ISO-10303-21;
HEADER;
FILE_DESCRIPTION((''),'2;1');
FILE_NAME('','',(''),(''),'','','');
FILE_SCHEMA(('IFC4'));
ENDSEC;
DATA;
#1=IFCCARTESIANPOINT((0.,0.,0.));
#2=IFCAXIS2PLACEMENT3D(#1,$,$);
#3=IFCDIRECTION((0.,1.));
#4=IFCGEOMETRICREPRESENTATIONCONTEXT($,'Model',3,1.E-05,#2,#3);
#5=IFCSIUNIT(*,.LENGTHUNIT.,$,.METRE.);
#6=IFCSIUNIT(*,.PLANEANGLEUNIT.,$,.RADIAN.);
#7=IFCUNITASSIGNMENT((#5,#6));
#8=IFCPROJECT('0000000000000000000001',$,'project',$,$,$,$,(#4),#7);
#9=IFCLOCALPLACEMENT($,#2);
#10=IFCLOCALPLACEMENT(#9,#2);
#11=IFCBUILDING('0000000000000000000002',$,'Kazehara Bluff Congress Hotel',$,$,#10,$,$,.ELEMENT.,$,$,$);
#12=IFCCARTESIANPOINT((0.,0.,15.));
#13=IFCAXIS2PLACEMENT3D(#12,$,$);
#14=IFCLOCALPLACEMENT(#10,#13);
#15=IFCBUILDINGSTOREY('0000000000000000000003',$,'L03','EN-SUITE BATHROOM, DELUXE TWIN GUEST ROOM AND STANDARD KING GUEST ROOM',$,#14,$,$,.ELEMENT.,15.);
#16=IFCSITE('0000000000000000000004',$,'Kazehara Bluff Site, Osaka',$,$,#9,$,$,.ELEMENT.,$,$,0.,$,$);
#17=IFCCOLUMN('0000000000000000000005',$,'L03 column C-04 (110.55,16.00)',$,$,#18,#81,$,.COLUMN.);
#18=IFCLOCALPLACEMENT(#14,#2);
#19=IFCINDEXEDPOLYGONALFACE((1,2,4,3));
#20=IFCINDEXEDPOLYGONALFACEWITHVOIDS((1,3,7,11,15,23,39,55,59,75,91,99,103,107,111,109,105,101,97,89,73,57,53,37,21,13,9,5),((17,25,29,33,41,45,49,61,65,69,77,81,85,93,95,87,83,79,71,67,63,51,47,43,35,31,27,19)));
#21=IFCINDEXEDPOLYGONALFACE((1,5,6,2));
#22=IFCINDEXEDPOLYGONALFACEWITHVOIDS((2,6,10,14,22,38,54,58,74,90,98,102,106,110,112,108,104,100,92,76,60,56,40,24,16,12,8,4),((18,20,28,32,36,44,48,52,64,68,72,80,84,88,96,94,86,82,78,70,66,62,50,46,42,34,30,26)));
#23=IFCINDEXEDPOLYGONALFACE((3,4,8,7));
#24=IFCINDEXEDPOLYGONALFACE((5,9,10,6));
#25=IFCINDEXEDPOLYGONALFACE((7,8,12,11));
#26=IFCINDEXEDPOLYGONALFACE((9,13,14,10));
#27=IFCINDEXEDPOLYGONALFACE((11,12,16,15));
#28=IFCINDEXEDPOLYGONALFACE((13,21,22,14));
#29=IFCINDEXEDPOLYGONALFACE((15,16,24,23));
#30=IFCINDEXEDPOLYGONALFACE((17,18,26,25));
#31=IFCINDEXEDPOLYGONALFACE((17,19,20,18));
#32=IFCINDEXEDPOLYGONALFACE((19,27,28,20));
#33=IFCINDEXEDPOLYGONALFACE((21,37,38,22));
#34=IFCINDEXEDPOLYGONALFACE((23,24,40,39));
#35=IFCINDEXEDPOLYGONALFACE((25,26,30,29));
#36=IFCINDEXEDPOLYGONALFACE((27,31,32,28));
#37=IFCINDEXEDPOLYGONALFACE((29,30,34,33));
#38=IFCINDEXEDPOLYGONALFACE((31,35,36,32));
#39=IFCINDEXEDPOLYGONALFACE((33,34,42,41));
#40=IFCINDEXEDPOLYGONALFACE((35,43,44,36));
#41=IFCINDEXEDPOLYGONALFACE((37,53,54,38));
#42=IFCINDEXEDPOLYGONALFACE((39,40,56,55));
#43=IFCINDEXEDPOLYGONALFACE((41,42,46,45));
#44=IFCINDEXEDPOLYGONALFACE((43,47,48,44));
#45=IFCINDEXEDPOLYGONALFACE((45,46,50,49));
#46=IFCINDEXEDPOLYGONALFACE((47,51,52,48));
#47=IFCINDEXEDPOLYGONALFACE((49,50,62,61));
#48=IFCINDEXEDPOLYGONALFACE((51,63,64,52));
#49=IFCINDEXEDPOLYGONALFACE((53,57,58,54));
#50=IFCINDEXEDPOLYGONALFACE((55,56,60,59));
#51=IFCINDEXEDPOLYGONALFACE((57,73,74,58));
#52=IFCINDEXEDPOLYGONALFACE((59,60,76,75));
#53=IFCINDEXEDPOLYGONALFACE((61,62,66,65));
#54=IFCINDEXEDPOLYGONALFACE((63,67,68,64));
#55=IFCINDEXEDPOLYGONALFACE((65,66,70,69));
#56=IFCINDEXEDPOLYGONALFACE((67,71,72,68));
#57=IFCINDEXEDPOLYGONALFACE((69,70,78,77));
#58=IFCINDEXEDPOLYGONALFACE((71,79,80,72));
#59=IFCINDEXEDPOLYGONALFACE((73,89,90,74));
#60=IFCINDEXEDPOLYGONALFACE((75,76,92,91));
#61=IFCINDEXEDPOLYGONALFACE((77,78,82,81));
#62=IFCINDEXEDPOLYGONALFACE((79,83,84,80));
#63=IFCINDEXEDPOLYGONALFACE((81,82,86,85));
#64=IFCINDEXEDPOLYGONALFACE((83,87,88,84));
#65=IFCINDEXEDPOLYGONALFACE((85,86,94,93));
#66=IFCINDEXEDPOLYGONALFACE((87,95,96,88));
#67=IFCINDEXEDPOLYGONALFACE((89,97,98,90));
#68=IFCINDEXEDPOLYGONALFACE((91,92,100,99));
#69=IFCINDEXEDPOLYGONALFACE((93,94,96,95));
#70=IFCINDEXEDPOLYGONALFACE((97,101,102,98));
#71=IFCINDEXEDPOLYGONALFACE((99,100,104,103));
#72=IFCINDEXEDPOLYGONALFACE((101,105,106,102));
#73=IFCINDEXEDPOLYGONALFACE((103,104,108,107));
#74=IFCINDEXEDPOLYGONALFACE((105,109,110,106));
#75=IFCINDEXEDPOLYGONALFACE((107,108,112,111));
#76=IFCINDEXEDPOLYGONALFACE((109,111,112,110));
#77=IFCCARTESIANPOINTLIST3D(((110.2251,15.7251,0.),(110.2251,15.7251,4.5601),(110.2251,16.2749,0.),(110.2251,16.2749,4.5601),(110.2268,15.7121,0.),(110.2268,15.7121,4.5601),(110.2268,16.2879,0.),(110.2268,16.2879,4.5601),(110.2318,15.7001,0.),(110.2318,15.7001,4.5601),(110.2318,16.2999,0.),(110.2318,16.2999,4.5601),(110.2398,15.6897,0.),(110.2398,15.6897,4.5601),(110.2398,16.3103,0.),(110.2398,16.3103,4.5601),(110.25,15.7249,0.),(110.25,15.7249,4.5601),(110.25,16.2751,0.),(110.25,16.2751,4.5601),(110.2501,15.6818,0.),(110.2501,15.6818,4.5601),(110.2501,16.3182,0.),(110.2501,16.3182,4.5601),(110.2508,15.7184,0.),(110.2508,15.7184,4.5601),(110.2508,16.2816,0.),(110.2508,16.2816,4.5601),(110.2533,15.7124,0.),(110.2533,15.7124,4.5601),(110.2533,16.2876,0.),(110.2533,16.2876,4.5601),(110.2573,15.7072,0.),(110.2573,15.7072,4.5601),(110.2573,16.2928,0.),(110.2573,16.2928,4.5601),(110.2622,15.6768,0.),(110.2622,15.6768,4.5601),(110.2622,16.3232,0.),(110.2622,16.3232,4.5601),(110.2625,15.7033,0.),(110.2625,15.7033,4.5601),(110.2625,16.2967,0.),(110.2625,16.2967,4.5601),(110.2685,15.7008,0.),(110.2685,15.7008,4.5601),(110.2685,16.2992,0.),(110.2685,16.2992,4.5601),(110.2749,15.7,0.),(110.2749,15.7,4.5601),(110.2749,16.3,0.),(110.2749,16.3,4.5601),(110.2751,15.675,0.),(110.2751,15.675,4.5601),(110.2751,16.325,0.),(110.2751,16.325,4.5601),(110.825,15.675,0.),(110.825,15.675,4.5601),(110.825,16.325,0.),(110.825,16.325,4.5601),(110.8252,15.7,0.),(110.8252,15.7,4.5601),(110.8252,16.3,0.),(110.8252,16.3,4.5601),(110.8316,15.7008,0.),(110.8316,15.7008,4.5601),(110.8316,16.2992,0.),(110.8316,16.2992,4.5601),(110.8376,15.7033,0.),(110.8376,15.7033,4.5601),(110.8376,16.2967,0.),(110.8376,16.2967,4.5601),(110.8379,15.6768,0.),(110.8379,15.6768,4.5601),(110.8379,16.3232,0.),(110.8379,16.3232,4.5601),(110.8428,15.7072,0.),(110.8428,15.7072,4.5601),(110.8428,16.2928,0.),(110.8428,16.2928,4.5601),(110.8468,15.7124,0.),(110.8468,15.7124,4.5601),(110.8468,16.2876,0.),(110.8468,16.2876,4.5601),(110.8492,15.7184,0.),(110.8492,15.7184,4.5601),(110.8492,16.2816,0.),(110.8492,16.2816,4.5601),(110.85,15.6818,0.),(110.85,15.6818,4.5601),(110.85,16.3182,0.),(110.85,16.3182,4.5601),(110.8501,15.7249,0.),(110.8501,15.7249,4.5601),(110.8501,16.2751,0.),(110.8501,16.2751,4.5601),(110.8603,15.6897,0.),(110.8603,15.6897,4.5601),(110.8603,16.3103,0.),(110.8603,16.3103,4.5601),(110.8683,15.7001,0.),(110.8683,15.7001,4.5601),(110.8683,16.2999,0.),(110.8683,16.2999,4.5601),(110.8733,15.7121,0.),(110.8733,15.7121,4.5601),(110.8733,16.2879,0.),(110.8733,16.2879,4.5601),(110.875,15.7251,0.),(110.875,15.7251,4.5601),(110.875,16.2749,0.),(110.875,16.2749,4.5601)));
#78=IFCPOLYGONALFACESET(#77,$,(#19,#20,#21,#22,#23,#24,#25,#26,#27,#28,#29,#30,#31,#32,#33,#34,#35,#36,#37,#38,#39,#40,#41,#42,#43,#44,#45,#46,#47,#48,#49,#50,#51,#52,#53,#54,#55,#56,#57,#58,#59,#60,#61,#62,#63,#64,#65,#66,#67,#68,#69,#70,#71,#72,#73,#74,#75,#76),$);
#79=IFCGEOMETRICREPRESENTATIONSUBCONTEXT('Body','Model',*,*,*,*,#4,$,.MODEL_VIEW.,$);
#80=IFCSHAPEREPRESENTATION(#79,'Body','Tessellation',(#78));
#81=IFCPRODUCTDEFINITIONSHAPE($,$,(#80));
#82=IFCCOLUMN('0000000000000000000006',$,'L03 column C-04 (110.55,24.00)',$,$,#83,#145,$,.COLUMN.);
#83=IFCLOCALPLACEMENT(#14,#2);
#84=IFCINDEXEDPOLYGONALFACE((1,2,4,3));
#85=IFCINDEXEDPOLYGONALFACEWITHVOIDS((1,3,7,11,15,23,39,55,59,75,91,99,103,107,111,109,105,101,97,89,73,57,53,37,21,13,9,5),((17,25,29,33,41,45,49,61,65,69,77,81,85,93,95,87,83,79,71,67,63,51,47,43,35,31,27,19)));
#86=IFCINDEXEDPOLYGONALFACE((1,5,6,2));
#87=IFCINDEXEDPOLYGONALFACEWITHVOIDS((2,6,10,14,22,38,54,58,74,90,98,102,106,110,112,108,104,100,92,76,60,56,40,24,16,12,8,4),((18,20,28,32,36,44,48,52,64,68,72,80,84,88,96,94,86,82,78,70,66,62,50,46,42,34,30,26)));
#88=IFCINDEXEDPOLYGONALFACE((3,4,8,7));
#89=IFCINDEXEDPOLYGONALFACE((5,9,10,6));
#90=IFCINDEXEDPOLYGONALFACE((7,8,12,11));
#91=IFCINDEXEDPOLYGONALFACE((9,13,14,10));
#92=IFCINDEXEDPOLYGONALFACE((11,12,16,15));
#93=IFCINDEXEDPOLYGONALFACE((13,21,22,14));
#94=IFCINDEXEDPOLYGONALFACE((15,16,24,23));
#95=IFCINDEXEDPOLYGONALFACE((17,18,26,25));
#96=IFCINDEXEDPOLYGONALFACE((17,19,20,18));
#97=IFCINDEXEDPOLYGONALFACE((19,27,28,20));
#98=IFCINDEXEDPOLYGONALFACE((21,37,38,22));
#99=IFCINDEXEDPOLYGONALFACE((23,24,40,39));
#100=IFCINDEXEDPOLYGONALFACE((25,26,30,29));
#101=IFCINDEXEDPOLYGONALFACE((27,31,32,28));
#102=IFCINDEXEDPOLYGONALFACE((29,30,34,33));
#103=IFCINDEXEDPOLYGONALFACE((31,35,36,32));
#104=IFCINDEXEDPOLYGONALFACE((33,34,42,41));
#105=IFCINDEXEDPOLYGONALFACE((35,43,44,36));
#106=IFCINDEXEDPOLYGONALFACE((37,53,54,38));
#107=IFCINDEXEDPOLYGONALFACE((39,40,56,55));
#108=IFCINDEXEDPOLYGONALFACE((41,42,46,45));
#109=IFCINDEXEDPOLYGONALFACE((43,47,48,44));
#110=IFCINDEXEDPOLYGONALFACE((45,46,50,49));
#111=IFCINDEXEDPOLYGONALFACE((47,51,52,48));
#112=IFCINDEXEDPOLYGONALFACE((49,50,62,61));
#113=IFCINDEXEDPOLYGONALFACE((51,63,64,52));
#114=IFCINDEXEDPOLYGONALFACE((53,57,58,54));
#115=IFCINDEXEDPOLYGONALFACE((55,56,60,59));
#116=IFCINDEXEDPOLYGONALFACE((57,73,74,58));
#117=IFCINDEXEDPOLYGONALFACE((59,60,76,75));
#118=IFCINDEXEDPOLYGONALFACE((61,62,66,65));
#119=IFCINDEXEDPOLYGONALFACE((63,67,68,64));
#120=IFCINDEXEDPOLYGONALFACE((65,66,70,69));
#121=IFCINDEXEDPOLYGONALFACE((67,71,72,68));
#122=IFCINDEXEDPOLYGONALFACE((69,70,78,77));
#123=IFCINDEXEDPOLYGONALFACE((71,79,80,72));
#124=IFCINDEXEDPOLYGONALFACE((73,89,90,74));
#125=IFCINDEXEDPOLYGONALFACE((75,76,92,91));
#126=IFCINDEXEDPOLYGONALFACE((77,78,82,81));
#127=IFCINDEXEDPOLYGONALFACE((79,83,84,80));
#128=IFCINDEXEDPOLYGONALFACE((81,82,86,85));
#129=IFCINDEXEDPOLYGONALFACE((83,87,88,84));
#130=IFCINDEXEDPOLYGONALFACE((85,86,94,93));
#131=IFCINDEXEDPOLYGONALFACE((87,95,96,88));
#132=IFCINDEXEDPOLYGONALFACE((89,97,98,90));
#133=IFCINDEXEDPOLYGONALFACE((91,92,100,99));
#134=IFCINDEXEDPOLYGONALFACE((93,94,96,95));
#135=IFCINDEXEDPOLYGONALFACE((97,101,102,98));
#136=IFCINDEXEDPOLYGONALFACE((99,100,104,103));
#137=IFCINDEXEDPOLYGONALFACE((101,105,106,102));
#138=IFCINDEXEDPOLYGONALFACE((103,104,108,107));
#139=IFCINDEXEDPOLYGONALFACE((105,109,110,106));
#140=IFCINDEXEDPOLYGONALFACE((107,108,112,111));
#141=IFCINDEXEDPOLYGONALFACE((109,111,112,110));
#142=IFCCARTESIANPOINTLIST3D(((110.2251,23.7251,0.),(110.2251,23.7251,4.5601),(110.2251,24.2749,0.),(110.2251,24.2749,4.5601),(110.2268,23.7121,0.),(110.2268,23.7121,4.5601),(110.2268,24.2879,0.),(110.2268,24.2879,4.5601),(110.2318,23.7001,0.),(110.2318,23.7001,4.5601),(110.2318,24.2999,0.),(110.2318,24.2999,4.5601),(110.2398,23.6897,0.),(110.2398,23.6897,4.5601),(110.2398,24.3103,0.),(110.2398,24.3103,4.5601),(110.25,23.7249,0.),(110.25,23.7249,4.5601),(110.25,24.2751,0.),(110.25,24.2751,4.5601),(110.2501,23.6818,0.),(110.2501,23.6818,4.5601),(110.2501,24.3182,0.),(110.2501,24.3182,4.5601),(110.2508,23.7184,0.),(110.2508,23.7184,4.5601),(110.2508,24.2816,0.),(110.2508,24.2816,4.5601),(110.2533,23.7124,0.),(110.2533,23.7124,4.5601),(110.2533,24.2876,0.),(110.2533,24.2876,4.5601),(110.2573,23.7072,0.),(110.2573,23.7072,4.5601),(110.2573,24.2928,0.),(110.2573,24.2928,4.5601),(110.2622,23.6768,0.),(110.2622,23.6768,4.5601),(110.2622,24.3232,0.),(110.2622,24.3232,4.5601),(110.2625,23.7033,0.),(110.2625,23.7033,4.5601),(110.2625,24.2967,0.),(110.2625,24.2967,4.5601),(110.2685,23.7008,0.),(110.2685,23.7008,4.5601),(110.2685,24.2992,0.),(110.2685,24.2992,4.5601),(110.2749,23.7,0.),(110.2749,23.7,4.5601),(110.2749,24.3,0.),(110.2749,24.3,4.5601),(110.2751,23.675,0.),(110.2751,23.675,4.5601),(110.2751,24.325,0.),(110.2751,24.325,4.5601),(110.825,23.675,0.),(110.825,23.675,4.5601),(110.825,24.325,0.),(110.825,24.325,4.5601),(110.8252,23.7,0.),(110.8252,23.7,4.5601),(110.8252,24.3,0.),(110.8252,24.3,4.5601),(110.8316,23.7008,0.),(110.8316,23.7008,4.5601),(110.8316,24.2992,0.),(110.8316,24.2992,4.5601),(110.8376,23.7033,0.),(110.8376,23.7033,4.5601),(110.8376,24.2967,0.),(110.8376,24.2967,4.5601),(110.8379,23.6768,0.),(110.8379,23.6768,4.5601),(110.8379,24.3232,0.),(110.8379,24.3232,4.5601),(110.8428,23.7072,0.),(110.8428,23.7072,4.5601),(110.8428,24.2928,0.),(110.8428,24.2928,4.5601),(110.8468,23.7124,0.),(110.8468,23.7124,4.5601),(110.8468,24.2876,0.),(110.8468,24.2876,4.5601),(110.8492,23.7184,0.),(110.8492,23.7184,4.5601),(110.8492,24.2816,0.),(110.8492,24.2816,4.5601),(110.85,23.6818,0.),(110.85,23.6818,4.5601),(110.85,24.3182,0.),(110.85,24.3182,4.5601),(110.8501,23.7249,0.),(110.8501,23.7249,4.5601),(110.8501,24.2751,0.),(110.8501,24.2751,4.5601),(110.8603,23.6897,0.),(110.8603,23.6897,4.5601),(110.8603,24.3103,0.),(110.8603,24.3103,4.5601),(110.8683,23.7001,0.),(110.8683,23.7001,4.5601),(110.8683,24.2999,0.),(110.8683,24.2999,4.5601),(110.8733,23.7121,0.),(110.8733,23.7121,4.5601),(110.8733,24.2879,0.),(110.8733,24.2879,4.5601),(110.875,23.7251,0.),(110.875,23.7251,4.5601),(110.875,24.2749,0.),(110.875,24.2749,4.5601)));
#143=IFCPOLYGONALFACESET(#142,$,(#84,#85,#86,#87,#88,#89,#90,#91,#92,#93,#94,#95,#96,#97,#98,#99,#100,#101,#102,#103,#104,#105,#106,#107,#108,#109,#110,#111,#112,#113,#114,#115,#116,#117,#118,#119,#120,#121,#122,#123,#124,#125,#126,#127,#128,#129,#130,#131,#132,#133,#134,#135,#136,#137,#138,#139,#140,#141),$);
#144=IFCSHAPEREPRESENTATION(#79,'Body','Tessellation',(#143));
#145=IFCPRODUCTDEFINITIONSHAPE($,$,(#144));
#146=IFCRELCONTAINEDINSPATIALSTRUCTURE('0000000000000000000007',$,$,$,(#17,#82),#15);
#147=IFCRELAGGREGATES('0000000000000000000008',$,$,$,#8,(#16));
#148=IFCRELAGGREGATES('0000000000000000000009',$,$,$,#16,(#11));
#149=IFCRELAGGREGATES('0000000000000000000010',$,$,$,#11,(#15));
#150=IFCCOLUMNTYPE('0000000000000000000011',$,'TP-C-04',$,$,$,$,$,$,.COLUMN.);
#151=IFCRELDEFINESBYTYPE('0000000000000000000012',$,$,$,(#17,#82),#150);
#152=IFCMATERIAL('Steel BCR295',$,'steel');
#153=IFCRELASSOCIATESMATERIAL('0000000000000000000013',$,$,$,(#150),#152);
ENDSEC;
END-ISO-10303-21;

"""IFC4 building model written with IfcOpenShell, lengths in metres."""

from ifc_helpers import new_model, si_unit, direction, frame, origin, origin_2d, place, context, subcontext, project, spatial, hollow_rectangle, extrude, material, material_profile, profile_set, type_object, element, save


model = new_model("IFC4")

# Units and contexts
model_context = context("Model", 3, precision=1e-05, world=origin(), true_north=direction((0.0, 1.0)))
body_context = subcontext(model_context, "Body", "Model", "MODEL_VIEW")
ifc_project = project(units=[si_unit("LENGTHUNIT", "METRE"), si_unit("PLANEANGLEUNIT", "RADIAN")], contexts=[model_context])

# Site, building, storey
site_placement = place(None, origin())
site = spatial("IfcSite", under=ifc_project, at=site_placement, Name="Kazehara Bluff Site, Osaka", CompositionType="ELEMENT", RefElevation=0.0)
building_placement = place(site_placement, origin())
building = spatial("IfcBuilding", under=site, at=building_placement, Name="Kazehara Bluff Congress Hotel", CompositionType="ELEMENT")
storey_placement = place(building_placement, frame((0.0, 0.0, 15.0)))
storey = spatial("IfcBuildingStorey", under=building, at=storey_placement, Name="L03", Description="EN-SUITE BATHROOM, DELUXE TWIN GUEST ROOM AND STANDARD KING GUEST ROOM", CompositionType="ELEMENT", Elevation=15.0)

# Columns
ifc_material_1 = material(Name="Steel BCR295", Category="steel")
ifc_material_profile_1 = material_profile(ifc_material_1, hollow_rectangle(XDim=0.6499, YDim=0.6499, WallThickness=0.0249, InnerFilletRadius=0.0249, OuterFilletRadius=0.05, at=origin_2d()))
ifc_profile_set_1 = profile_set([ifc_material_profile_1], Name="Steel BCR295")
column_type = type_object("IfcColumnType", Name="TP-C-04", PredefinedType="COLUMN", material=ifc_profile_set_1)
for number, where, z_axis, x_axis, name in (
    (1, (110.55, 16.0, 0.0), (0.0, 0.0, 1.0), (1.0, 0.0, 0.0), "L03 column C-04 (110.55,16.00)"),
    (2, (110.55, 24.0, 0.0), (0.0, 0.0, 1.0), (1.0, 0.0, 0.0), "L03 column C-04 (110.55,24.00)"),
):
    element("IfcColumn", number, at=place(storey_placement, frame(where, z_axis=z_axis, x_axis=x_axis)), inside=storey, type_object=column_type, Name=name, PredefinedType="COLUMN", context=body_context, shape_type="SweptSolid", body=[
        extrude(hollow_rectangle(XDim=0.6499, YDim=0.6499, WallThickness=0.0249, InnerFilletRadius=0.0249, OuterFilletRadius=0.05, at=origin_2d()), origin(), (0.0, 0.0, 1.0), 4.5601),
    ])

save(model, "model.ifc")
